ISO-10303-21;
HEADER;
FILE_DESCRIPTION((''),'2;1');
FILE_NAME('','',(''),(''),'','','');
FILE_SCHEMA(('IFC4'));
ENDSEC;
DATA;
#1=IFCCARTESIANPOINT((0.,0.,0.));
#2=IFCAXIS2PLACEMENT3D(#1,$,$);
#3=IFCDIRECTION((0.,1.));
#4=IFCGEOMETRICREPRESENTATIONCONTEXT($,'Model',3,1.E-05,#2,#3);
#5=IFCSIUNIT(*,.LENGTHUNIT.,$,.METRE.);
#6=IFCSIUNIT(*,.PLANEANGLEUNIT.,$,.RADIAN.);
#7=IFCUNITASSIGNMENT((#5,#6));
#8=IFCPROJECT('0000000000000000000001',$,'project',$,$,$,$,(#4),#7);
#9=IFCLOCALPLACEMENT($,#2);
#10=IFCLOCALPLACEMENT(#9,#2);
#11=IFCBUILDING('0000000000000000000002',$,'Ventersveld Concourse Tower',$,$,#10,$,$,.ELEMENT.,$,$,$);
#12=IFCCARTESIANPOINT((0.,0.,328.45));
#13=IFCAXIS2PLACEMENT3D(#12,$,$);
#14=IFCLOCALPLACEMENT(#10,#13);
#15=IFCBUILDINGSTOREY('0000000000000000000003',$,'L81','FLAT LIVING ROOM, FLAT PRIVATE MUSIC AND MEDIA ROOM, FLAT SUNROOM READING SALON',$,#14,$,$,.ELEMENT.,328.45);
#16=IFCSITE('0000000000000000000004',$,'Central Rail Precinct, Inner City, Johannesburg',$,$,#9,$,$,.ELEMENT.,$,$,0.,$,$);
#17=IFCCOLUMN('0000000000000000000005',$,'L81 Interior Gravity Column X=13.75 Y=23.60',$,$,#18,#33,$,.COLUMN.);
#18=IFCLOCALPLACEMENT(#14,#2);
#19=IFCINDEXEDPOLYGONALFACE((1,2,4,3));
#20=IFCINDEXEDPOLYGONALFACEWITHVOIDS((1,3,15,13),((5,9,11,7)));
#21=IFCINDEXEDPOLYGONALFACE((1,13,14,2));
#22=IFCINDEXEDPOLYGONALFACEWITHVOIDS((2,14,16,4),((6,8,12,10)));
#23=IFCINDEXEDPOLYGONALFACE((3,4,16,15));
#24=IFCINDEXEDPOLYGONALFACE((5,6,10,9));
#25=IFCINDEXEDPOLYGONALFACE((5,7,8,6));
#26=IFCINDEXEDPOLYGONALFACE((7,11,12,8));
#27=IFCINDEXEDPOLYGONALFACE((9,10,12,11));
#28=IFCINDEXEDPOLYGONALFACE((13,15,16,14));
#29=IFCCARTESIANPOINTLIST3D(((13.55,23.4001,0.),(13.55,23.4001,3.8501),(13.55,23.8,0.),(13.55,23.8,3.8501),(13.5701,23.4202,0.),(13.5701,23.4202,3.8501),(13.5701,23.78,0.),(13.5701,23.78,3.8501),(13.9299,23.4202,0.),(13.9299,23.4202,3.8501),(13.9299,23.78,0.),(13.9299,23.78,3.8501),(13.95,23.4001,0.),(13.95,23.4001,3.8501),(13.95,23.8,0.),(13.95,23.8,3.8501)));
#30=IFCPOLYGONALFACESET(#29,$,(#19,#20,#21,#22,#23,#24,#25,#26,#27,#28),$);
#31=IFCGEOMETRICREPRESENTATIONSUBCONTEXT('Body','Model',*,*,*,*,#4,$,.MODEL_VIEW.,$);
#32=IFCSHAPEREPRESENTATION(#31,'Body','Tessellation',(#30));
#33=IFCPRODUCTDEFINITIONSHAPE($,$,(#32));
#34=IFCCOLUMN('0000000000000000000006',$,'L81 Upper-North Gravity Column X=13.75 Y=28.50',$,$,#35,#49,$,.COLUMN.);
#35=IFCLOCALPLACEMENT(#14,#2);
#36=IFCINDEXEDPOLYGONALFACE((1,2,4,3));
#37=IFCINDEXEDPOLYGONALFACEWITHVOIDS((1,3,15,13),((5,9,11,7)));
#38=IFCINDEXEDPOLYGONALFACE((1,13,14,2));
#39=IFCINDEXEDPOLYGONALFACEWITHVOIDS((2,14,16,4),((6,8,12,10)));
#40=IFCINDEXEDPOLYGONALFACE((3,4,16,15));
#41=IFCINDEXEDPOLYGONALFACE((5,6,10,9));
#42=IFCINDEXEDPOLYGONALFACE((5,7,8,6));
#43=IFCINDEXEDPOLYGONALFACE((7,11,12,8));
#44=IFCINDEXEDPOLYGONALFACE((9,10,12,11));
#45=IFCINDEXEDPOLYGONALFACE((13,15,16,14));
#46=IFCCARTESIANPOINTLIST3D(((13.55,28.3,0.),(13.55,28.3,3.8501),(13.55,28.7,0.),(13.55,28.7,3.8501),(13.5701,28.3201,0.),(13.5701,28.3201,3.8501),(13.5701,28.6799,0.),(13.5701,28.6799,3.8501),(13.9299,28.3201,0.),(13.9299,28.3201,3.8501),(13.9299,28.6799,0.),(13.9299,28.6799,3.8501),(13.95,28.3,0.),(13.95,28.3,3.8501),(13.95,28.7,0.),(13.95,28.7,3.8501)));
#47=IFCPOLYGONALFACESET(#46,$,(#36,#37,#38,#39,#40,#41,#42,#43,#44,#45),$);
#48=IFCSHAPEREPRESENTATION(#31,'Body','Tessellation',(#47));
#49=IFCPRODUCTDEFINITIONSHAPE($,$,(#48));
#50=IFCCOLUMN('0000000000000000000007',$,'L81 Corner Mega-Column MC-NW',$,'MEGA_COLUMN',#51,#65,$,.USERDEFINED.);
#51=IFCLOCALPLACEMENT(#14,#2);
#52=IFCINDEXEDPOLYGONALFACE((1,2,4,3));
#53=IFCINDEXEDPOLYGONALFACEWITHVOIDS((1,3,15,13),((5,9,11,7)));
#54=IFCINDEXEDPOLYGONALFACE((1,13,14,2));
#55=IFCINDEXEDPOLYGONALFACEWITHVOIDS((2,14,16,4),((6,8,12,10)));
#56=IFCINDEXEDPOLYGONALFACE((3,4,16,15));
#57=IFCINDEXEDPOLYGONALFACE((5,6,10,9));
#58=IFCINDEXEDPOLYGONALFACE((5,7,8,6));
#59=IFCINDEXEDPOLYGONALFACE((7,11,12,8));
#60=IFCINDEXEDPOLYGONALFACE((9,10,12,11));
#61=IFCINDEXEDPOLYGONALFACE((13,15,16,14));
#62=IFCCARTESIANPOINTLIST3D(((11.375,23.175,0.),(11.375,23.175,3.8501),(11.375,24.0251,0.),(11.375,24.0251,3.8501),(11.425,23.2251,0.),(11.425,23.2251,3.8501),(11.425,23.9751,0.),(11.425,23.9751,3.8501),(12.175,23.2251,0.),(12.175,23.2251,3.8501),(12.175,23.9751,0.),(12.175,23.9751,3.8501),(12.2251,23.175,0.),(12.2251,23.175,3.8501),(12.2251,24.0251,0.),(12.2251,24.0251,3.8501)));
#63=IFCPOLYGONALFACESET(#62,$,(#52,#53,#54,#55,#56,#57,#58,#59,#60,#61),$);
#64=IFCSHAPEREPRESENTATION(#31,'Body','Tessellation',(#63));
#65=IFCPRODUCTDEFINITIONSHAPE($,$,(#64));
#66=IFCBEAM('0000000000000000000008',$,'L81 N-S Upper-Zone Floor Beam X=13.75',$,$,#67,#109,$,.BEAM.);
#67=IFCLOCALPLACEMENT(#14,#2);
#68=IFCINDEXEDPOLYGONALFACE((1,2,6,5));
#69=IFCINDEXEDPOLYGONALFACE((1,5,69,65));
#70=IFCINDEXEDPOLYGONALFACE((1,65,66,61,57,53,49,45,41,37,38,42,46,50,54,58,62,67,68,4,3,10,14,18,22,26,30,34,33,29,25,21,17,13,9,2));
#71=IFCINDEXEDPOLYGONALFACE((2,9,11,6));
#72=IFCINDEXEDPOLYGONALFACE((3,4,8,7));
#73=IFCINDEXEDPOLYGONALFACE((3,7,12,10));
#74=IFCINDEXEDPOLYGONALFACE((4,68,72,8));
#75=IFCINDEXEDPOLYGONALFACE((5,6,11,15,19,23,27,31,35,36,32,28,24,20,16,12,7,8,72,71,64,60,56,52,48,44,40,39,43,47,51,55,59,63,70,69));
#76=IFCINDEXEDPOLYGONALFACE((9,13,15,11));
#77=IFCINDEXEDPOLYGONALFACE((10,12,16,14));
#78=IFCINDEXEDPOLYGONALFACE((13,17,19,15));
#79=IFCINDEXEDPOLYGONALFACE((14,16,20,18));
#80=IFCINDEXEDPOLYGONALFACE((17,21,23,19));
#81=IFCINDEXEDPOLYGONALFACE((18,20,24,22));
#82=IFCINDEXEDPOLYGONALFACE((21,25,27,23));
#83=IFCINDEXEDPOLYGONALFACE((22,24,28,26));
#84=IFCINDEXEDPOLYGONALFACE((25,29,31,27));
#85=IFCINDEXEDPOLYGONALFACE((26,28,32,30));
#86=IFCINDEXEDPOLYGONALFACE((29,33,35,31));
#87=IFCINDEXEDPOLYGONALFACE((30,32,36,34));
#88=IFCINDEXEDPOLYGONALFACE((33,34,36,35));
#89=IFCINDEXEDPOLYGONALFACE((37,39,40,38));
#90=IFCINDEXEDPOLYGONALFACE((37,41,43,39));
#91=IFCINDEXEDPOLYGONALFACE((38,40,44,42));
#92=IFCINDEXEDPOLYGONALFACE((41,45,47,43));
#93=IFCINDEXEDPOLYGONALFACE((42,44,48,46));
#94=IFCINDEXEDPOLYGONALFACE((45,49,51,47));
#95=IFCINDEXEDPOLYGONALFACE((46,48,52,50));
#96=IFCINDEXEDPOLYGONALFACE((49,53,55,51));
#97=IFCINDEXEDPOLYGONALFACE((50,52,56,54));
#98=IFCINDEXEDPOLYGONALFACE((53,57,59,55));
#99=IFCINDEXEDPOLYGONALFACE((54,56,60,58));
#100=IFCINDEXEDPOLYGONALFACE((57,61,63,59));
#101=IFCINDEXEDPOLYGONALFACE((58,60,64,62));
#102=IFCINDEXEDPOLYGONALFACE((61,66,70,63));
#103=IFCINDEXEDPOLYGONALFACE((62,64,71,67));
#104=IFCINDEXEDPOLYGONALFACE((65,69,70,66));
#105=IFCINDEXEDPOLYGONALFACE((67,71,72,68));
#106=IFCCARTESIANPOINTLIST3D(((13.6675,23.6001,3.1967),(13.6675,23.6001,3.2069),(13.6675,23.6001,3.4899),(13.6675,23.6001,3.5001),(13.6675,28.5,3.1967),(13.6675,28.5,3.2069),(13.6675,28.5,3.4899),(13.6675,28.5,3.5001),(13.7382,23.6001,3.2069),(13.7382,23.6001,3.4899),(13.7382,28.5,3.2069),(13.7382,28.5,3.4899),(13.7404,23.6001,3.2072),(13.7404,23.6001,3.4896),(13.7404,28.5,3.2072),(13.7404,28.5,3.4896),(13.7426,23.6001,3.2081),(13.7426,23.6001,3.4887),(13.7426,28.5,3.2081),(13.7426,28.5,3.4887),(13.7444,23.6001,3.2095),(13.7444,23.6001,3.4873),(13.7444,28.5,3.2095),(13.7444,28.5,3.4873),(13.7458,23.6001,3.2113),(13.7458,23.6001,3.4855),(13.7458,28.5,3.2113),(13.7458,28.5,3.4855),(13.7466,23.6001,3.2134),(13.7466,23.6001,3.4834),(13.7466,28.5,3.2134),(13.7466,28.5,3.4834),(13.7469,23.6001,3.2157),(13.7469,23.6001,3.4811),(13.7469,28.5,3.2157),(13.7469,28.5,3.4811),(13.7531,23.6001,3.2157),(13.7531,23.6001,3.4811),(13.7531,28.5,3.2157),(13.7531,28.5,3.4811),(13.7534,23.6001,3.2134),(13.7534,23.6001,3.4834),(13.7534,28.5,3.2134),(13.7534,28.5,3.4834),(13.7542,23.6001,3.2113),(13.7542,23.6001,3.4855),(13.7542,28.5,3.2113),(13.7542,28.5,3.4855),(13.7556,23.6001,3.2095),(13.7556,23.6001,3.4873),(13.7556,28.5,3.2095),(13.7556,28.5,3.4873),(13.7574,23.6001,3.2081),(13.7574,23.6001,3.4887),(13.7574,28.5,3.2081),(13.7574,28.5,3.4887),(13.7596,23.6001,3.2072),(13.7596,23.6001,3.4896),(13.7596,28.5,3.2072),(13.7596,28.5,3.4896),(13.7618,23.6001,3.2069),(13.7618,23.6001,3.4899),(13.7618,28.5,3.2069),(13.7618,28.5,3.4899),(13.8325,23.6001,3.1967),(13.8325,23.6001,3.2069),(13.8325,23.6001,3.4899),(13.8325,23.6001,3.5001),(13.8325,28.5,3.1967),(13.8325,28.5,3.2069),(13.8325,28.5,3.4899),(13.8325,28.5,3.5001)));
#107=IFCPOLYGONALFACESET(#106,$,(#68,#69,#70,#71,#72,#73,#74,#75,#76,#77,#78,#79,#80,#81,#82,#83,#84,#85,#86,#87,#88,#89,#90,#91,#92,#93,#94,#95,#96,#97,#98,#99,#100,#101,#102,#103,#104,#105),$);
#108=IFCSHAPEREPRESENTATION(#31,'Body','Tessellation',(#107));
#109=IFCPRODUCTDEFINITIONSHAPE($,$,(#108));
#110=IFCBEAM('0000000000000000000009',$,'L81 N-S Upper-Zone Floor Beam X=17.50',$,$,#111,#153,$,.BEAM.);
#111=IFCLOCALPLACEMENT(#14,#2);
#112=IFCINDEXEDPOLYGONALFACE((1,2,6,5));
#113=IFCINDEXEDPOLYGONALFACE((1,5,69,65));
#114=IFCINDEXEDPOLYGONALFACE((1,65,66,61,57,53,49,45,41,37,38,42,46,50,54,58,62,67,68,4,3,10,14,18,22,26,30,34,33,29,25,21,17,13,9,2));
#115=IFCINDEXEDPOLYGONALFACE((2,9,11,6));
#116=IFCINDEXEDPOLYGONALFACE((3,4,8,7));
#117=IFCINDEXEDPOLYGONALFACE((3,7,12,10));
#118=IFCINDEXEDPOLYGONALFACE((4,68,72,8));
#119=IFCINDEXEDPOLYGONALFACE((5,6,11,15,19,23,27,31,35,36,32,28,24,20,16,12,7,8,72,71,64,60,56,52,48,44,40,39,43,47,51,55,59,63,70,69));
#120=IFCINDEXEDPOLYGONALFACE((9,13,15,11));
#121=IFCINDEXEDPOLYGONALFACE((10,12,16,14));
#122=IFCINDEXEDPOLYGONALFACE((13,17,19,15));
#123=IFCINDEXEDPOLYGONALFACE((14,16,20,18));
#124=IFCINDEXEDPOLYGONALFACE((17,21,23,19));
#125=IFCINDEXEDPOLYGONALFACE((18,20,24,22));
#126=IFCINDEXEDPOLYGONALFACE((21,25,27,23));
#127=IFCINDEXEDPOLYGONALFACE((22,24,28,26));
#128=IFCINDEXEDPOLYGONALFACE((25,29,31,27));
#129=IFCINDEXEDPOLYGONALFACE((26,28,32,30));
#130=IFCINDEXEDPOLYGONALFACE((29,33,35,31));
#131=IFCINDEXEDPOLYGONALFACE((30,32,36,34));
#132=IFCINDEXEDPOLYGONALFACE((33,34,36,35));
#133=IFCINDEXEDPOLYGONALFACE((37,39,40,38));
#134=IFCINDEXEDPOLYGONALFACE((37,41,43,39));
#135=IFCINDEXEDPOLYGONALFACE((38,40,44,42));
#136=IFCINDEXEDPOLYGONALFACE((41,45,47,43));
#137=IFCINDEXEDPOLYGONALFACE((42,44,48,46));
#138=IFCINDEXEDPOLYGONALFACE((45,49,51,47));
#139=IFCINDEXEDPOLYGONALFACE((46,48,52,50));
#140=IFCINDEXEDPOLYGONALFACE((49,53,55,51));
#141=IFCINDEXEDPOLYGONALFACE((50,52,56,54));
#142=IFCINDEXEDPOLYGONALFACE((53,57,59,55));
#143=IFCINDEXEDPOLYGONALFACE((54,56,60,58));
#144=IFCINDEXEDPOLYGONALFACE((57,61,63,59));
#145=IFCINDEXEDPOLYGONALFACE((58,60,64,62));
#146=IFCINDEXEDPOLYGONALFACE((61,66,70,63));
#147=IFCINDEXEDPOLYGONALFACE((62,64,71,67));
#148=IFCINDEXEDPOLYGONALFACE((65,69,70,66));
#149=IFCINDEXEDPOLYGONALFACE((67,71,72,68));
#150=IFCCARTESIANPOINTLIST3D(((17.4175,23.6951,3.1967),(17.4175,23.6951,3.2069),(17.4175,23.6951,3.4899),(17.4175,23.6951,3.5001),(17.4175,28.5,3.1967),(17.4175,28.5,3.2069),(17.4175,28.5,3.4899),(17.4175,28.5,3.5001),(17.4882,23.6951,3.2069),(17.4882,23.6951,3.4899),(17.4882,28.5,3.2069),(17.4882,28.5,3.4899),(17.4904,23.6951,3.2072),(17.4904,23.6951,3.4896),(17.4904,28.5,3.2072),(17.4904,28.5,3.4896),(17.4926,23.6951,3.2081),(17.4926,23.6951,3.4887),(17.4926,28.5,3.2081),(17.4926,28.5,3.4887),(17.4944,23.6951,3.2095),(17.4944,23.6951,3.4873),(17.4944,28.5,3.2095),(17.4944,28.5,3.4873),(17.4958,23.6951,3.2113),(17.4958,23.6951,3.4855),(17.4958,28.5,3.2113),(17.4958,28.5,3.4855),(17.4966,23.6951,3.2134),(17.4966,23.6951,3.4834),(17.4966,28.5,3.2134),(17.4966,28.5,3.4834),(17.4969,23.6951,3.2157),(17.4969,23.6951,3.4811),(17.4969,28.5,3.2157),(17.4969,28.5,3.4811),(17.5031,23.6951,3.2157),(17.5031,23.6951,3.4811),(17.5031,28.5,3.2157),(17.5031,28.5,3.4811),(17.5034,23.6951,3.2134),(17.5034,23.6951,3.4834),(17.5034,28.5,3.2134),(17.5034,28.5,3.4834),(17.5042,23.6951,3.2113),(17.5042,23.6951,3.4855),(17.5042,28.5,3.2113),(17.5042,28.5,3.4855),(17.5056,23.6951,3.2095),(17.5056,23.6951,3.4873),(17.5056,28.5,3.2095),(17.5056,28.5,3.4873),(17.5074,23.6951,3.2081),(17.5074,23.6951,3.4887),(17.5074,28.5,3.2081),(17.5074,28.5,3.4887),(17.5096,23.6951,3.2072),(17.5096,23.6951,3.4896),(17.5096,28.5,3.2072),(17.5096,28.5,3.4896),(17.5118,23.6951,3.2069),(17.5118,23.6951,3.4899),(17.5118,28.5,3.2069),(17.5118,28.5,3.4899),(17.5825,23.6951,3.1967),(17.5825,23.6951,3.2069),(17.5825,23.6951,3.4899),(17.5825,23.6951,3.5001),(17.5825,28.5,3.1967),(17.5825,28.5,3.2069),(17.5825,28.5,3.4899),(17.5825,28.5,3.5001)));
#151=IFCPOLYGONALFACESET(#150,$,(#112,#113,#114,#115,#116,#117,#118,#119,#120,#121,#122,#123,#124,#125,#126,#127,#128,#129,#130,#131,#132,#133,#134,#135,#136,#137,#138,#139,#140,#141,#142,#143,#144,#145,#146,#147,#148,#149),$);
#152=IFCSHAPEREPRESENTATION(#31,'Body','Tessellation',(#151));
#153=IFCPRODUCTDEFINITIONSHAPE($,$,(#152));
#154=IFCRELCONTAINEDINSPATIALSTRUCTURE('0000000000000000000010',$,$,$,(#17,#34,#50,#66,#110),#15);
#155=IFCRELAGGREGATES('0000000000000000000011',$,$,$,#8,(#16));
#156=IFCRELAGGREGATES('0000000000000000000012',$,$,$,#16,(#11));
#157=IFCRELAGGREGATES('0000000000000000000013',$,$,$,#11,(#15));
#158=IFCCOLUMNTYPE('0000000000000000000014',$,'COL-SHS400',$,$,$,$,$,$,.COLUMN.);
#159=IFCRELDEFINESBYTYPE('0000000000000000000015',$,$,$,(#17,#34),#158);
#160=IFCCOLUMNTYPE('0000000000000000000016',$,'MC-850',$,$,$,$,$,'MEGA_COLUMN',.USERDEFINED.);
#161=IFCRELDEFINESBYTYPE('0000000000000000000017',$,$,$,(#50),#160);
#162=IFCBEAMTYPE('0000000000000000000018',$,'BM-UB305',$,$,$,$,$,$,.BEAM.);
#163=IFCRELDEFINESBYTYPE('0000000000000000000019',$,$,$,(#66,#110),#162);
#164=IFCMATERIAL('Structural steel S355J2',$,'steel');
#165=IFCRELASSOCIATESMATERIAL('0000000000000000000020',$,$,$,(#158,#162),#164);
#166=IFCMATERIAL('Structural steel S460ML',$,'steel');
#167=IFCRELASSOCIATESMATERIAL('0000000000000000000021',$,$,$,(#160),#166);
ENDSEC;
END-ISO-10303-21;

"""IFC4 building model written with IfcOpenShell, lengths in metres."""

from ifc_helpers import new_model, si_unit, direction, frame, origin, origin_2d, place, context, subcontext, project, spatial, hollow_rectangle, i_section, extrude, material, material_profile, profile_set, type_object, element, save


model = new_model("IFC4")

# Units and contexts
model_context = context("Model", 3, precision=1e-05, world=origin(), true_north=direction((0.0, 1.0)))
body_context = subcontext(model_context, "Body", "Model", "MODEL_VIEW")
ifc_project = project(units=[si_unit("LENGTHUNIT", "METRE"), si_unit("PLANEANGLEUNIT", "RADIAN")], contexts=[model_context])

# Site, building, storey
site_placement = place(None, origin())
site = spatial("IfcSite", under=ifc_project, at=site_placement, Name="Central Rail Precinct, Inner City, Johannesburg", CompositionType="ELEMENT", RefElevation=0.0)
building_placement = place(site_placement, origin())
building = spatial("IfcBuilding", under=site, at=building_placement, Name="Ventersveld Concourse Tower", CompositionType="ELEMENT")
storey_placement = place(building_placement, frame((0.0, 0.0, 328.45)))
storey = spatial("IfcBuildingStorey", under=building, at=storey_placement, Name="L81", Description="FLAT LIVING ROOM, FLAT PRIVATE MUSIC AND MEDIA ROOM, FLAT SUNROOM READING SALON", CompositionType="ELEMENT", Elevation=328.45)

# Columns
ifc_material_1 = material(Name="Structural steel S355J2", Category="steel")
ifc_material_profile_1 = material_profile(ifc_material_1, hollow_rectangle(XDim=0.3999, YDim=0.3999, WallThickness=0.02, at=origin_2d()), Name="SHS 400x400x20")
ifc_profile_set_1 = profile_set([ifc_material_profile_1], Name="Structural steel S355J2")
column_type_1 = type_object("IfcColumnType", Name="COL-SHS400", PredefinedType="COLUMN", material=ifc_profile_set_1)
for number, where, z_axis, x_axis, name in (
    (1, (13.75, 23.6001, 0.0), (0.0, 0.0, 1.0), (1.0, 0.0, 0.0), "L81 Interior Gravity Column X=13.75 Y=23.60"),
    (2, (13.75, 28.5, 0.0), (0.0, 0.0, 1.0), (1.0, 0.0, 0.0), "L81 Upper-North Gravity Column X=13.75 Y=28.50"),
):
    element("IfcColumn", number, at=place(storey_placement, frame(where, z_axis=z_axis, x_axis=x_axis)), inside=storey, type_object=column_type_1, Name=name, PredefinedType="COLUMN", context=body_context, shape_type="SweptSolid", body=[
        extrude(hollow_rectangle(XDim=0.3999, YDim=0.3999, WallThickness=0.02, at=origin_2d()), origin(), (0.0, 0.0, 1.0), 3.8501),
    ])
ifc_material_2 = material(Name="Structural steel S460ML", Category="steel")
ifc_material_profile_2 = material_profile(ifc_material_2, hollow_rectangle(XDim=0.8501, YDim=0.8501, WallThickness=0.05, at=origin_2d()), Name="BOX 850x850x50")
ifc_profile_set_2 = profile_set([ifc_material_profile_2], Name="Structural steel S460ML")
column_type_2 = type_object("IfcColumnType", Name="MC-850", ElementType="MEGA_COLUMN", PredefinedType="USERDEFINED", material=ifc_profile_set_2)
column_placement = place(storey_placement, frame((11.8, 23.6001, 0.0), z_axis=(0.0, 0.0, 1.0), x_axis=(1.0, 0.0, 0.0)))
element("IfcColumn", 3, at=column_placement, inside=storey, type_object=column_type_2, Name="L81 Corner Mega-Column MC-NW", ObjectType="MEGA_COLUMN", PredefinedType="USERDEFINED", context=body_context, shape_type="SweptSolid", body=[
    extrude(hollow_rectangle(XDim=0.8501, YDim=0.8501, WallThickness=0.05, at=origin_2d()), origin(), (0.0, 0.0, 1.0), 3.8501),
])

# Beams
ifc_material_profile_3 = material_profile(ifc_material_1, i_section(OverallWidth=0.165, OverallDepth=0.3035, WebThickness=0.0061, FlangeThickness=0.0103, FilletRadius=0.0088, at=origin_2d()), Name="UB 305x165x40")
ifc_profile_set_3 = profile_set([ifc_material_profile_3], Name="Structural steel S355J2")
beam_type_1 = type_object("IfcBeamType", Name="BM-UB305", PredefinedType="BEAM", material=ifc_profile_set_3)
beam_1_placement = place(storey_placement, frame((13.75, 23.6001, 3.3484), z_axis=(0.0, 1.0, 0.0), x_axis=(-1.0, 0.0, 0.0)))
element("IfcBeam", 4, at=beam_1_placement, inside=storey, type_object=beam_type_1, Name="L81 N-S Upper-Zone Floor Beam X=13.75", PredefinedType="BEAM", context=body_context, shape_type="SweptSolid", body=[
    extrude(i_section(OverallWidth=0.165, OverallDepth=0.3035, WebThickness=0.0061, FlangeThickness=0.0103, FilletRadius=0.0088, at=origin_2d()), origin(), (0.0, 0.0, 1.0), 4.8999),
])
beam_2_placement = place(storey_placement, frame((17.5, 23.6951, 3.3484), z_axis=(0.0, 1.0, 0.0), x_axis=(-1.0, 0.0, 0.0)))
element("IfcBeam", 5, at=beam_2_placement, inside=storey, type_object=beam_type_1, Name="L81 N-S Upper-Zone Floor Beam X=17.50", PredefinedType="BEAM", context=body_context, shape_type="SweptSolid", body=[
    extrude(i_section(OverallWidth=0.165, OverallDepth=0.3035, WebThickness=0.0061, FlangeThickness=0.0103, FilletRadius=0.0088, at=origin_2d()), origin(), (0.0, 0.0, 1.0), 4.8049),
])

save(model, "model.ifc")
